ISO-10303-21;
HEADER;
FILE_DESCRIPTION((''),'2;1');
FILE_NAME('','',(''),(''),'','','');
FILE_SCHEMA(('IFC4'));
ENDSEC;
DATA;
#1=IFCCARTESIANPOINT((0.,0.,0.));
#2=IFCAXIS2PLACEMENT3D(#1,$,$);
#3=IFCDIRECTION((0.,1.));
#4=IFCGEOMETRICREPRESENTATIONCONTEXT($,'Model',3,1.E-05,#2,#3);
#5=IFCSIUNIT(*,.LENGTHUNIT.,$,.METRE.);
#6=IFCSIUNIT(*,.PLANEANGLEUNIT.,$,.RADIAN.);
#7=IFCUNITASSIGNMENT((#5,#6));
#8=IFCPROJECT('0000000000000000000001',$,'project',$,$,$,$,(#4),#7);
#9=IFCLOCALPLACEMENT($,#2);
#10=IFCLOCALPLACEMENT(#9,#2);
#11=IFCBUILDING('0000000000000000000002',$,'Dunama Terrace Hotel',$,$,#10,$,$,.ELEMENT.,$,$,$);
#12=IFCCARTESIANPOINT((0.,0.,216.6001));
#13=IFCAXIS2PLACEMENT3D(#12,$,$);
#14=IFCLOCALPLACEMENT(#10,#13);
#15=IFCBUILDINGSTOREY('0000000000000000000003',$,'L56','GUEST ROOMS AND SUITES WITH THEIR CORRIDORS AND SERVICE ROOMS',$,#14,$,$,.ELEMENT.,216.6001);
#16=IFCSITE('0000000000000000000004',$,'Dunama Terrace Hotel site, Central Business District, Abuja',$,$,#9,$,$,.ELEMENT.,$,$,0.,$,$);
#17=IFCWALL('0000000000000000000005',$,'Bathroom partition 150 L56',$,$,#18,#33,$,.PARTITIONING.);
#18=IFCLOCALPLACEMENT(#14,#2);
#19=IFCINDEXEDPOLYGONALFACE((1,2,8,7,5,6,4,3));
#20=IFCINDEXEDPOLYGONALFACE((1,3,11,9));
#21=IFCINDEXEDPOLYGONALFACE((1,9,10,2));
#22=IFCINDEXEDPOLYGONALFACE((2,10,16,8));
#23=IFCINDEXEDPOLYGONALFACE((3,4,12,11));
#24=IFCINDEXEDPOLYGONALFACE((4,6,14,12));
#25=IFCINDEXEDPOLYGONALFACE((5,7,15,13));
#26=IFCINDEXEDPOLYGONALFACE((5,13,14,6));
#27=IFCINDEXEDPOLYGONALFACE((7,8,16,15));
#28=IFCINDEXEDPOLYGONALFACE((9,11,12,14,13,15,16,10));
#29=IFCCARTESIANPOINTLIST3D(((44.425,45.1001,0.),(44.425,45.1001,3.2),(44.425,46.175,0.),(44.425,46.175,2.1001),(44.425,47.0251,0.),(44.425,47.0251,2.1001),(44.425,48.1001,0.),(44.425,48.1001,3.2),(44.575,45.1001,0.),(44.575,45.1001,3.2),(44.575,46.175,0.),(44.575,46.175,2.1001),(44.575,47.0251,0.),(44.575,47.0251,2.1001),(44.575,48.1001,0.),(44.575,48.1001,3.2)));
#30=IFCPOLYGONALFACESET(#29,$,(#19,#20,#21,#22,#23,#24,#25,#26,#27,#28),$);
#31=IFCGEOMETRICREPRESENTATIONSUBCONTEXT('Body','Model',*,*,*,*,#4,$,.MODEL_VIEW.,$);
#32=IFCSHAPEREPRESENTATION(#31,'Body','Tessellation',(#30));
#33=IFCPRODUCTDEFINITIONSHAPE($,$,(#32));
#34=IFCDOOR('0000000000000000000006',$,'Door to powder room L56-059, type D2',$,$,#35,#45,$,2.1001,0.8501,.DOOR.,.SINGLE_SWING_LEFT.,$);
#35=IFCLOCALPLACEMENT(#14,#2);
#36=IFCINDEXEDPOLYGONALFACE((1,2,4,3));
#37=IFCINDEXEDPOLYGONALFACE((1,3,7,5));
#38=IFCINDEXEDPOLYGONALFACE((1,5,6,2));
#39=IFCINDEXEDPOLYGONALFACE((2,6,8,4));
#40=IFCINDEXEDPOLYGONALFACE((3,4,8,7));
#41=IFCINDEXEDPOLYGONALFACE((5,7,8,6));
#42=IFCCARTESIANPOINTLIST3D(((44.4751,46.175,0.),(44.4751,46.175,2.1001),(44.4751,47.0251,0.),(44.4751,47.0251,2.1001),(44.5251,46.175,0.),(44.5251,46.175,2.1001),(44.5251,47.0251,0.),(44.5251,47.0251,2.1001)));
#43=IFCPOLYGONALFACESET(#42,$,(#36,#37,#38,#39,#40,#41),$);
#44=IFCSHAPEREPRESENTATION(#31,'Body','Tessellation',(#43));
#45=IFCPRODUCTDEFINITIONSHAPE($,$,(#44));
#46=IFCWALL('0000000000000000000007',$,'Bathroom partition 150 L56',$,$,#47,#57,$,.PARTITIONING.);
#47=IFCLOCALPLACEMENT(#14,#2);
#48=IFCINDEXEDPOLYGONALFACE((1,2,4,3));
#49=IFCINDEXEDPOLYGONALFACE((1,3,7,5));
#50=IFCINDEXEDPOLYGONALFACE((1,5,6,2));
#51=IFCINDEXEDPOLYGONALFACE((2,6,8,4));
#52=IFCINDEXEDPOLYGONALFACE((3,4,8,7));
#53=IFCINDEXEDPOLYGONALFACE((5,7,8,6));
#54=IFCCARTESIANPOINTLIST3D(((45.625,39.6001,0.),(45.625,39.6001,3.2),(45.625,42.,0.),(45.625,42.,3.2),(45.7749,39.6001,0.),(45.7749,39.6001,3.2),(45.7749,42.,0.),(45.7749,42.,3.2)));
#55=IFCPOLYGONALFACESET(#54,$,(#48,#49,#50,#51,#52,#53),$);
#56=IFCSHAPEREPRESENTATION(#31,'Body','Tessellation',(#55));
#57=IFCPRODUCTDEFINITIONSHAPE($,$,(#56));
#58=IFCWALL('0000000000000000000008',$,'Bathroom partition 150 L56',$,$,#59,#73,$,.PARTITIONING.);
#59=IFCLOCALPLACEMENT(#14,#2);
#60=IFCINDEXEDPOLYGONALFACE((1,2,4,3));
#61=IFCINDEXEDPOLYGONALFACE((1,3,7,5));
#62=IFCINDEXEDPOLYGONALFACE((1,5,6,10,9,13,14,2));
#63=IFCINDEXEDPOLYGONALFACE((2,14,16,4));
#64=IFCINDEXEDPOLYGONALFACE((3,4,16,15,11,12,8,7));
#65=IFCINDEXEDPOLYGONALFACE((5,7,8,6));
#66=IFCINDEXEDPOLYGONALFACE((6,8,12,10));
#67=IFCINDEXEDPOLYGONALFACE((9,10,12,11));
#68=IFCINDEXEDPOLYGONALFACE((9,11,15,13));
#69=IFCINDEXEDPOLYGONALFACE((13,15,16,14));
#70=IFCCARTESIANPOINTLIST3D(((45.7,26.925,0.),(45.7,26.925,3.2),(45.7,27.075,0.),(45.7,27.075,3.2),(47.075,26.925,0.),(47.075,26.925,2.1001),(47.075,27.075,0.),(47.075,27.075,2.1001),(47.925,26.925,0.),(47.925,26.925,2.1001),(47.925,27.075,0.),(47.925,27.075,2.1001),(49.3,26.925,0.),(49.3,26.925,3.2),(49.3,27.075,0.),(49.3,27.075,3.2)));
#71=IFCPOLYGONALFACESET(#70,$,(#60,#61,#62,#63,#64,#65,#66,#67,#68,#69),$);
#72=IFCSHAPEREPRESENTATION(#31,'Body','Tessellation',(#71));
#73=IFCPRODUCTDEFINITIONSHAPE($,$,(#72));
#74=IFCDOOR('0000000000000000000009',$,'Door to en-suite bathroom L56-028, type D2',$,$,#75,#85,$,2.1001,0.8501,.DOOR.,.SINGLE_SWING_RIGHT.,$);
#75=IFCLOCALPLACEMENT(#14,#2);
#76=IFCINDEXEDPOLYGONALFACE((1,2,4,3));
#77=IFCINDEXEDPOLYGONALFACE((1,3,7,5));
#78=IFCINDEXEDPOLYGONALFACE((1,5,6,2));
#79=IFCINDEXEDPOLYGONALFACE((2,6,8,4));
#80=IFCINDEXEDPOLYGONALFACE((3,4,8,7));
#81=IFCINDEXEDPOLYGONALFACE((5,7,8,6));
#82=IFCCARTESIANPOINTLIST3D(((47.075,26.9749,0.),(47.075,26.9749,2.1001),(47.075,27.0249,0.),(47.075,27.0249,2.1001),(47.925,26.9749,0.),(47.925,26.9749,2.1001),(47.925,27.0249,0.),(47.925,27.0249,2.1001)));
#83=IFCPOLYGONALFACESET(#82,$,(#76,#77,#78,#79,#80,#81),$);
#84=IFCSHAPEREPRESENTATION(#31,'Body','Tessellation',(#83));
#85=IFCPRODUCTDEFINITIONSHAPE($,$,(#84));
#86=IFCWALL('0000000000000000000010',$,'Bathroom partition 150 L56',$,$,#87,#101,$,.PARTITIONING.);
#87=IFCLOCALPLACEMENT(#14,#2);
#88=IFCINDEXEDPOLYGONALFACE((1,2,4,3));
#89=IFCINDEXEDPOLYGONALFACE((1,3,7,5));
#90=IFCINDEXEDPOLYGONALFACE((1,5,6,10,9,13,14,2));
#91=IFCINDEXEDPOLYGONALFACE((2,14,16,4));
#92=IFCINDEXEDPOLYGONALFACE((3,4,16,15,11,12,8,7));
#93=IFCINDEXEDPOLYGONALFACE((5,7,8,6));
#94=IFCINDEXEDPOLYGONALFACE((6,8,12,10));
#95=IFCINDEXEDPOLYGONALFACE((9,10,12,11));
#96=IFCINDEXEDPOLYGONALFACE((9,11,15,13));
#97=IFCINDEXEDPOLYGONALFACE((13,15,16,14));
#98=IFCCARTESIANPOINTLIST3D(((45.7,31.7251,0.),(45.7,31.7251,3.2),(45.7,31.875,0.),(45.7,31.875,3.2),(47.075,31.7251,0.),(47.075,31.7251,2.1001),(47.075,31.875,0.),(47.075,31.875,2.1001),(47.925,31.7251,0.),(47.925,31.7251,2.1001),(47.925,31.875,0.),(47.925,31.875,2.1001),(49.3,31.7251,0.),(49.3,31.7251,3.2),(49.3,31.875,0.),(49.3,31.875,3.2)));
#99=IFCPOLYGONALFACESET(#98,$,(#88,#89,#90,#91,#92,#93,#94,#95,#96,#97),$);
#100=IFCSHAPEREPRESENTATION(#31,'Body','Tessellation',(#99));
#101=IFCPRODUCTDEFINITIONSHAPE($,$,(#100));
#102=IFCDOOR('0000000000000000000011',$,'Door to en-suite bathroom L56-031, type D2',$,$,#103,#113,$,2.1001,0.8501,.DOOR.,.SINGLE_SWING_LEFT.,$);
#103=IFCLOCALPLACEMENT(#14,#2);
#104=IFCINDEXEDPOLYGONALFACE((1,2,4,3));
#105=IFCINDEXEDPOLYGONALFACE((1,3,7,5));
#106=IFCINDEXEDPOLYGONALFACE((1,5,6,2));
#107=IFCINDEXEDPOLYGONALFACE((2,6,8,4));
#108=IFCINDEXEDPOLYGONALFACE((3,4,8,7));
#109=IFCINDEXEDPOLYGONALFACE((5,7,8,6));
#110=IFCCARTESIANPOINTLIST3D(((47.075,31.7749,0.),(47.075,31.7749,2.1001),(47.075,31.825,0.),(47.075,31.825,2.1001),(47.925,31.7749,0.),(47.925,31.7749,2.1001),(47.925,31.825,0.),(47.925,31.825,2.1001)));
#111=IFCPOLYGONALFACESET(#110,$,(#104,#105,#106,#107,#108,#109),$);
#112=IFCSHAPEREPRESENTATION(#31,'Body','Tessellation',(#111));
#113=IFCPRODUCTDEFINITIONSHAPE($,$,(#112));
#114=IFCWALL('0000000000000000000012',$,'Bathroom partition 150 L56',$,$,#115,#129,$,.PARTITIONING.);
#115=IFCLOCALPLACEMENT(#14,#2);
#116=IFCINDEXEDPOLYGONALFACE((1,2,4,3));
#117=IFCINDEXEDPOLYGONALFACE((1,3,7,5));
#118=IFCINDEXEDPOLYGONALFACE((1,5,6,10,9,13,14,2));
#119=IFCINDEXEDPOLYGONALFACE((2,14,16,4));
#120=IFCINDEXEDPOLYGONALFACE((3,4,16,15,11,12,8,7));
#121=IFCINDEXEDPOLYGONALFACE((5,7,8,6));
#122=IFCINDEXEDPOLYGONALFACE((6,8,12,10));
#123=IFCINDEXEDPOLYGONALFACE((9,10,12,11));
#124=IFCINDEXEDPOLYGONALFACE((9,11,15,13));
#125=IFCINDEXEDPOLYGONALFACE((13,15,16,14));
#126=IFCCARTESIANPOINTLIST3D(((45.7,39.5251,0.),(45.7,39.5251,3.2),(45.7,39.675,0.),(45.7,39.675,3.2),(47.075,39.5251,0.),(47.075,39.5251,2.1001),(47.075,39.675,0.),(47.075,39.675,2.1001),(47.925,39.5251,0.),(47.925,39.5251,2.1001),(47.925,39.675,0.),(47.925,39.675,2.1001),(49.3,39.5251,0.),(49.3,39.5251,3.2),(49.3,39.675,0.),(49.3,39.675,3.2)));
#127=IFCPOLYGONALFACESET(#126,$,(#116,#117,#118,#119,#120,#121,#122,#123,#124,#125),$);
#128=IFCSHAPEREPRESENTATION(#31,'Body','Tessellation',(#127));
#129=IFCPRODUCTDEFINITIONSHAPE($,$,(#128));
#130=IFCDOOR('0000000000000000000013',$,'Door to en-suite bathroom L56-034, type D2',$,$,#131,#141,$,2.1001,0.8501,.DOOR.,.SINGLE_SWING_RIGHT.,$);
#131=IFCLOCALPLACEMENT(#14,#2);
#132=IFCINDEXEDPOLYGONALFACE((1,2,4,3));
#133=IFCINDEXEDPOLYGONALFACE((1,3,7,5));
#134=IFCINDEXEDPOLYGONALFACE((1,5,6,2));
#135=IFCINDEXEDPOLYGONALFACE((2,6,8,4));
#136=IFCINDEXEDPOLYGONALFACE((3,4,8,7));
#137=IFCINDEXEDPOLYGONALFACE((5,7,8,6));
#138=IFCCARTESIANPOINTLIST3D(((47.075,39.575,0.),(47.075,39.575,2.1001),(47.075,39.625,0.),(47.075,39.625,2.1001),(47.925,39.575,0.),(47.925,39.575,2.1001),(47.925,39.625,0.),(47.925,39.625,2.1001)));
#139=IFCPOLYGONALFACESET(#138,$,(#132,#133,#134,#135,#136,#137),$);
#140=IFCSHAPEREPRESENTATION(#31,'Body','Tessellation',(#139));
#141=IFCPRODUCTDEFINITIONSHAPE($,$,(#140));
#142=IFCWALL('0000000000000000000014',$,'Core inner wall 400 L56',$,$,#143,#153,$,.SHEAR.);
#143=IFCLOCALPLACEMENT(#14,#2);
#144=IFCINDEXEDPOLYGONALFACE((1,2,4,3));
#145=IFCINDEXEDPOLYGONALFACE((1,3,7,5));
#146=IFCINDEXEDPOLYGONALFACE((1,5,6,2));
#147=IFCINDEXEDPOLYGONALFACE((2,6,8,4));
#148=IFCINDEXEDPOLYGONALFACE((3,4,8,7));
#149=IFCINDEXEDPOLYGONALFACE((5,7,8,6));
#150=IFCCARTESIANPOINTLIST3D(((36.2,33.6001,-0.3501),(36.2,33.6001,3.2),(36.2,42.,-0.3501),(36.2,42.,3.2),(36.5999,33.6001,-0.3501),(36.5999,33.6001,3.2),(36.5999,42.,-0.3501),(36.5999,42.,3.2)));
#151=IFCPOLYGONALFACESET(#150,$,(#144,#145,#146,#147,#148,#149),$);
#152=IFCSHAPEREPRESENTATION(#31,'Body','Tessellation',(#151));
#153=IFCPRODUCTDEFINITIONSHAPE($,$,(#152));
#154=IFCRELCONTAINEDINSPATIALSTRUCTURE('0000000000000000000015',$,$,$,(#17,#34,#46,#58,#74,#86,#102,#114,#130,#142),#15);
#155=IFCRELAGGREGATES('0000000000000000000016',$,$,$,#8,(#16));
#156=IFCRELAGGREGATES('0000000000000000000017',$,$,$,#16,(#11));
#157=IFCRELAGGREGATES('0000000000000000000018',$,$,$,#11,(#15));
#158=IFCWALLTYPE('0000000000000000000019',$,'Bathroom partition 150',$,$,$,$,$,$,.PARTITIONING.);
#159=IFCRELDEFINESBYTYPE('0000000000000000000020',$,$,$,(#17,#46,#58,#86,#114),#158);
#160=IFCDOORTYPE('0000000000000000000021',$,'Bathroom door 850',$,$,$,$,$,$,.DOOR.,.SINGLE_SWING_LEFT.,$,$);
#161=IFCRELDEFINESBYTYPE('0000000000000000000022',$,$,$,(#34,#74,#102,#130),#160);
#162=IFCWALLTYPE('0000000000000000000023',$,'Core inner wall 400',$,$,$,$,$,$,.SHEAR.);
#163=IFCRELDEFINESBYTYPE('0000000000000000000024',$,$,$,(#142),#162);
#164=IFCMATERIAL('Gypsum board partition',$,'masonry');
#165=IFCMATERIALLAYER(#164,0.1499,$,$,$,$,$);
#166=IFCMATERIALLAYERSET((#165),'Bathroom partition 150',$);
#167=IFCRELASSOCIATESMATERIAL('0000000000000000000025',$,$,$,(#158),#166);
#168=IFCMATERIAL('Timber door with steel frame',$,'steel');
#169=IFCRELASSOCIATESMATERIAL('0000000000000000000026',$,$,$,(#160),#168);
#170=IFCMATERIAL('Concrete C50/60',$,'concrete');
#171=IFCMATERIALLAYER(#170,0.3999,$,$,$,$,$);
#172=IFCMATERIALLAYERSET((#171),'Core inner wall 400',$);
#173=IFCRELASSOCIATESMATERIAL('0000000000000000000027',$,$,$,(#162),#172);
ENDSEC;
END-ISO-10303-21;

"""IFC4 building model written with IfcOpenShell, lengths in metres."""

from ifc_helpers import new_model, si_unit, direction, frame, frame_2d, origin, place, context, subcontext, project, spatial, rectangle, extrude, material, layer, layer_set, type_object, element, fill, save


model = new_model("IFC4")

# Units and contexts
model_context = context("Model", 3, precision=1e-05, world=origin(), true_north=direction((0.0, 1.0)))
body_context = subcontext(model_context, "Body", "Model", "MODEL_VIEW")
ifc_project = project(units=[si_unit("LENGTHUNIT", "METRE"), si_unit("PLANEANGLEUNIT", "RADIAN")], contexts=[model_context])

# Site, building, storey
site_placement = place(None, origin())
site = spatial("IfcSite", under=ifc_project, at=site_placement, Name="Dunama Terrace Hotel site, Central Business District, Abuja", CompositionType="ELEMENT", RefElevation=0.0)
building_placement = place(site_placement, origin())
building = spatial("IfcBuilding", under=site, at=building_placement, Name="Dunama Terrace Hotel", CompositionType="ELEMENT")
storey_placement = place(building_placement, frame((0.0, 0.0, 216.6001)))
storey = spatial("IfcBuildingStorey", under=building, at=storey_placement, Name="L56", Description="GUEST ROOMS AND SUITES WITH THEIR CORRIDORS AND SERVICE ROOMS", CompositionType="ELEMENT", Elevation=216.6001)

# Wall, opening, door
ifc_material_1 = material(Name="Gypsum board partition", Category="masonry")
ifc_layer_1 = layer(ifc_material_1, 0.1499)
ifc_layer_set_1 = layer_set([ifc_layer_1], Name="Bathroom partition 150")
wall_type_1 = type_object("IfcWallType", Name="Bathroom partition 150", PredefinedType="PARTITIONING", material=ifc_layer_set_1)
wall_1_placement = place(storey_placement, frame((44.5, 45.1001, 0.0), z_axis=(0.0, 0.0, 1.0), x_axis=(0.0, 1.0, 0.0)))
wall_1 = element("IfcWall", 1, at=wall_1_placement, inside=storey, type_object=wall_type_1, Name="Bathroom partition 150 L56", PredefinedType="PARTITIONING", context=body_context, shape_type="SweptSolid", body=[
    extrude(rectangle(XDim=3.0, YDim=0.1499, at=frame_2d((1.5, 0.0))), origin(), (0.0, 0.0, 1.0), 3.2),
])
opening_1_placement = place(wall_1_placement, frame((1.075, 0.0, 0.0)))
opening_1 = element("IfcOpeningElement", 2, at=opening_1_placement, cuts=wall_1, PredefinedType="OPENING", context=body_context, shape_type="SweptSolid", body=[
    extrude(rectangle(XDim=0.8501, YDim=2.1001, at=frame_2d((0.425, 1.05))), frame((0.0, 0.085, 0.0), z_axis=(0.0, -1.0, 0.0), x_axis=(1.0, 0.0, 0.0)), (0.0, 0.0, 1.0), 0.1699),
])
ifc_material_2 = material(Name="Timber door with steel frame", Category="steel")
door_type_1 = type_object("IfcDoorType", Name="Bathroom door 850", OperationType="SINGLE_SWING_LEFT", PredefinedType="DOOR", material=ifc_material_2)
door_1_placement = place(opening_1_placement, origin())
door_1 = element("IfcDoor", 3, at=door_1_placement, inside=storey, type_object=door_type_1, Name="Door to powder room L56-059, type D2", OperationType="SINGLE_SWING_LEFT", OverallHeight=2.1001, OverallWidth=0.8501, PredefinedType="DOOR", context=body_context, shape_type="SweptSolid", body=[
    extrude(rectangle(XDim=0.8501, YDim=2.1001, at=frame_2d((0.425, 1.05))), frame((0.0, 0.0249, 0.0), z_axis=(0.0, -1.0, 0.0), x_axis=(1.0, 0.0, 0.0)), (0.0, 0.0, 1.0), 0.05),
])
fill(opening_1, door_1)

# Wall
wall_2_placement = place(storey_placement, frame((45.7, 39.6001, 0.0), z_axis=(0.0, 0.0, 1.0), x_axis=(0.0, 1.0, 0.0)))
element("IfcWall", 4, at=wall_2_placement, inside=storey, type_object=wall_type_1, Name="Bathroom partition 150 L56", PredefinedType="PARTITIONING", context=body_context, shape_type="SweptSolid", body=[
    extrude(rectangle(XDim=2.3999, YDim=0.1499, at=frame_2d((1.2, 0.0))), origin(), (0.0, 0.0, 1.0), 3.2),
])

# Walls, openings, doors
wall_3_placement = place(storey_placement, frame((45.7, 27.0, 0.0), z_axis=(0.0, 0.0, 1.0), x_axis=(1.0, 0.0, 0.0)))
wall_3 = element("IfcWall", 5, at=wall_3_placement, inside=storey, type_object=wall_type_1, Name="Bathroom partition 150 L56", PredefinedType="PARTITIONING", context=body_context, shape_type="SweptSolid", body=[
    extrude(rectangle(XDim=3.6001, YDim=0.1499, at=frame_2d((1.8, 0.0))), origin(), (0.0, 0.0, 1.0), 3.2),
])
opening_2_placement = place(wall_3_placement, frame((1.375, 0.0, 0.0)))
opening_2 = element("IfcOpeningElement", 6, at=opening_2_placement, cuts=wall_3, PredefinedType="OPENING", context=body_context, shape_type="SweptSolid", body=[
    extrude(rectangle(XDim=0.8501, YDim=2.1001, at=frame_2d((0.425, 1.05))), frame((0.0, 0.085, 0.0), z_axis=(0.0, -1.0, 0.0), x_axis=(1.0, 0.0, 0.0)), (0.0, 0.0, 1.0), 0.1699),
])
door_2_placement = place(opening_2_placement, origin())
door_2 = element("IfcDoor", 7, at=door_2_placement, inside=storey, type_object=door_type_1, Name="Door to en-suite bathroom L56-028, type D2", OperationType="SINGLE_SWING_RIGHT", OverallHeight=2.1001, OverallWidth=0.8501, PredefinedType="DOOR", context=body_context, shape_type="SweptSolid", body=[
    extrude(rectangle(XDim=0.8501, YDim=2.1001, at=frame_2d((0.425, 1.05))), frame((0.0, 0.0249, 0.0), z_axis=(0.0, -1.0, 0.0), x_axis=(1.0, 0.0, 0.0)), (0.0, 0.0, 1.0), 0.05),
])
fill(opening_2, door_2)
wall_4_placement = place(storey_placement, frame((45.7, 31.8, 0.0), z_axis=(0.0, 0.0, 1.0), x_axis=(1.0, 0.0, 0.0)))
wall_4 = element("IfcWall", 8, at=wall_4_placement, inside=storey, type_object=wall_type_1, Name="Bathroom partition 150 L56", PredefinedType="PARTITIONING", context=body_context, shape_type="SweptSolid", body=[
    extrude(rectangle(XDim=3.6001, YDim=0.1499, at=frame_2d((1.8, 0.0))), origin(), (0.0, 0.0, 1.0), 3.2),
])
opening_3_placement = place(wall_4_placement, frame((1.375, 0.0, 0.0)))
opening_3 = element("IfcOpeningElement", 9, at=opening_3_placement, cuts=wall_4, PredefinedType="OPENING", context=body_context, shape_type="SweptSolid", body=[
    extrude(rectangle(XDim=0.8501, YDim=2.1001, at=frame_2d((0.425, 1.05))), frame((0.0, 0.085, 0.0), z_axis=(0.0, -1.0, 0.0), x_axis=(1.0, 0.0, 0.0)), (0.0, 0.0, 1.0), 0.1699),
])
door_3_placement = place(opening_3_placement, frame((0.8501, 0.0, 0.0), z_axis=(0.0, 0.0, 1.0), x_axis=(-1.0, 0.0, 0.0)))
door_3 = element("IfcDoor", 10, at=door_3_placement, inside=storey, type_object=door_type_1, Name="Door to en-suite bathroom L56-031, type D2", OperationType="SINGLE_SWING_LEFT", OverallHeight=2.1001, OverallWidth=0.8501, PredefinedType="DOOR", context=body_context, shape_type="SweptSolid", body=[
    extrude(rectangle(XDim=0.8501, YDim=2.1001, at=frame_2d((0.425, 1.05))), frame((0.0, 0.0251, 0.0), z_axis=(0.0, -1.0, 0.0), x_axis=(1.0, 0.0, 0.0)), (0.0, 0.0, 1.0), 0.05),
])
fill(opening_3, door_3)
wall_5_placement = place(storey_placement, frame((45.7, 39.6001, 0.0), z_axis=(0.0, 0.0, 1.0), x_axis=(1.0, 0.0, 0.0)))
wall_5 = element("IfcWall", 11, at=wall_5_placement, inside=storey, type_object=wall_type_1, Name="Bathroom partition 150 L56", PredefinedType="PARTITIONING", context=body_context, shape_type="SweptSolid", body=[
    extrude(rectangle(XDim=3.6001, YDim=0.1499, at=frame_2d((1.8, 0.0))), origin(), (0.0, 0.0, 1.0), 3.2),
])
opening_4_placement = place(wall_5_placement, frame((1.375, 0.0, 0.0)))
opening_4 = element("IfcOpeningElement", 12, at=opening_4_placement, cuts=wall_5, PredefinedType="OPENING", context=body_context, shape_type="SweptSolid", body=[
    extrude(rectangle(XDim=0.8501, YDim=2.1001, at=frame_2d((0.425, 1.05))), frame((0.0, 0.085, 0.0), z_axis=(0.0, -1.0, 0.0), x_axis=(1.0, 0.0, 0.0)), (0.0, 0.0, 1.0), 0.1699),
])
door_4_placement = place(opening_4_placement, origin())
door_4 = element("IfcDoor", 13, at=door_4_placement, inside=storey, type_object=door_type_1, Name="Door to en-suite bathroom L56-034, type D2", OperationType="SINGLE_SWING_RIGHT", OverallHeight=2.1001, OverallWidth=0.8501, PredefinedType="DOOR", context=body_context, shape_type="SweptSolid", body=[
    extrude(rectangle(XDim=0.8501, YDim=2.1001, at=frame_2d((0.425, 1.05))), frame((0.0, 0.0249, 0.0), z_axis=(0.0, -1.0, 0.0), x_axis=(1.0, 0.0, 0.0)), (0.0, 0.0, 1.0), 0.05),
])
fill(opening_4, door_4)

# Wall
ifc_material_3 = material(Name="Concrete C50/60", Category="concrete")
ifc_layer_2 = layer(ifc_material_3, 0.3999)
ifc_layer_set_2 = layer_set([ifc_layer_2], Name="Core inner wall 400")
wall_type_2 = type_object("IfcWallType", Name="Core inner wall 400", PredefinedType="SHEAR", material=ifc_layer_set_2)
wall_6_placement = place(storey_placement, frame((36.3999, 33.6001, -0.3501), z_axis=(0.0, 0.0, 1.0), x_axis=(0.0, 1.0, 0.0)))
element("IfcWall", 14, at=wall_6_placement, inside=storey, type_object=wall_type_2, Name="Core inner wall 400 L56", PredefinedType="SHEAR", context=body_context, shape_type="SweptSolid", body=[
    extrude(rectangle(XDim=8.3999, YDim=0.3999, at=frame_2d((4.2, 0.0))), origin(), (0.0, 0.0, 1.0), 3.55),
])

save(model, "model.ifc")
